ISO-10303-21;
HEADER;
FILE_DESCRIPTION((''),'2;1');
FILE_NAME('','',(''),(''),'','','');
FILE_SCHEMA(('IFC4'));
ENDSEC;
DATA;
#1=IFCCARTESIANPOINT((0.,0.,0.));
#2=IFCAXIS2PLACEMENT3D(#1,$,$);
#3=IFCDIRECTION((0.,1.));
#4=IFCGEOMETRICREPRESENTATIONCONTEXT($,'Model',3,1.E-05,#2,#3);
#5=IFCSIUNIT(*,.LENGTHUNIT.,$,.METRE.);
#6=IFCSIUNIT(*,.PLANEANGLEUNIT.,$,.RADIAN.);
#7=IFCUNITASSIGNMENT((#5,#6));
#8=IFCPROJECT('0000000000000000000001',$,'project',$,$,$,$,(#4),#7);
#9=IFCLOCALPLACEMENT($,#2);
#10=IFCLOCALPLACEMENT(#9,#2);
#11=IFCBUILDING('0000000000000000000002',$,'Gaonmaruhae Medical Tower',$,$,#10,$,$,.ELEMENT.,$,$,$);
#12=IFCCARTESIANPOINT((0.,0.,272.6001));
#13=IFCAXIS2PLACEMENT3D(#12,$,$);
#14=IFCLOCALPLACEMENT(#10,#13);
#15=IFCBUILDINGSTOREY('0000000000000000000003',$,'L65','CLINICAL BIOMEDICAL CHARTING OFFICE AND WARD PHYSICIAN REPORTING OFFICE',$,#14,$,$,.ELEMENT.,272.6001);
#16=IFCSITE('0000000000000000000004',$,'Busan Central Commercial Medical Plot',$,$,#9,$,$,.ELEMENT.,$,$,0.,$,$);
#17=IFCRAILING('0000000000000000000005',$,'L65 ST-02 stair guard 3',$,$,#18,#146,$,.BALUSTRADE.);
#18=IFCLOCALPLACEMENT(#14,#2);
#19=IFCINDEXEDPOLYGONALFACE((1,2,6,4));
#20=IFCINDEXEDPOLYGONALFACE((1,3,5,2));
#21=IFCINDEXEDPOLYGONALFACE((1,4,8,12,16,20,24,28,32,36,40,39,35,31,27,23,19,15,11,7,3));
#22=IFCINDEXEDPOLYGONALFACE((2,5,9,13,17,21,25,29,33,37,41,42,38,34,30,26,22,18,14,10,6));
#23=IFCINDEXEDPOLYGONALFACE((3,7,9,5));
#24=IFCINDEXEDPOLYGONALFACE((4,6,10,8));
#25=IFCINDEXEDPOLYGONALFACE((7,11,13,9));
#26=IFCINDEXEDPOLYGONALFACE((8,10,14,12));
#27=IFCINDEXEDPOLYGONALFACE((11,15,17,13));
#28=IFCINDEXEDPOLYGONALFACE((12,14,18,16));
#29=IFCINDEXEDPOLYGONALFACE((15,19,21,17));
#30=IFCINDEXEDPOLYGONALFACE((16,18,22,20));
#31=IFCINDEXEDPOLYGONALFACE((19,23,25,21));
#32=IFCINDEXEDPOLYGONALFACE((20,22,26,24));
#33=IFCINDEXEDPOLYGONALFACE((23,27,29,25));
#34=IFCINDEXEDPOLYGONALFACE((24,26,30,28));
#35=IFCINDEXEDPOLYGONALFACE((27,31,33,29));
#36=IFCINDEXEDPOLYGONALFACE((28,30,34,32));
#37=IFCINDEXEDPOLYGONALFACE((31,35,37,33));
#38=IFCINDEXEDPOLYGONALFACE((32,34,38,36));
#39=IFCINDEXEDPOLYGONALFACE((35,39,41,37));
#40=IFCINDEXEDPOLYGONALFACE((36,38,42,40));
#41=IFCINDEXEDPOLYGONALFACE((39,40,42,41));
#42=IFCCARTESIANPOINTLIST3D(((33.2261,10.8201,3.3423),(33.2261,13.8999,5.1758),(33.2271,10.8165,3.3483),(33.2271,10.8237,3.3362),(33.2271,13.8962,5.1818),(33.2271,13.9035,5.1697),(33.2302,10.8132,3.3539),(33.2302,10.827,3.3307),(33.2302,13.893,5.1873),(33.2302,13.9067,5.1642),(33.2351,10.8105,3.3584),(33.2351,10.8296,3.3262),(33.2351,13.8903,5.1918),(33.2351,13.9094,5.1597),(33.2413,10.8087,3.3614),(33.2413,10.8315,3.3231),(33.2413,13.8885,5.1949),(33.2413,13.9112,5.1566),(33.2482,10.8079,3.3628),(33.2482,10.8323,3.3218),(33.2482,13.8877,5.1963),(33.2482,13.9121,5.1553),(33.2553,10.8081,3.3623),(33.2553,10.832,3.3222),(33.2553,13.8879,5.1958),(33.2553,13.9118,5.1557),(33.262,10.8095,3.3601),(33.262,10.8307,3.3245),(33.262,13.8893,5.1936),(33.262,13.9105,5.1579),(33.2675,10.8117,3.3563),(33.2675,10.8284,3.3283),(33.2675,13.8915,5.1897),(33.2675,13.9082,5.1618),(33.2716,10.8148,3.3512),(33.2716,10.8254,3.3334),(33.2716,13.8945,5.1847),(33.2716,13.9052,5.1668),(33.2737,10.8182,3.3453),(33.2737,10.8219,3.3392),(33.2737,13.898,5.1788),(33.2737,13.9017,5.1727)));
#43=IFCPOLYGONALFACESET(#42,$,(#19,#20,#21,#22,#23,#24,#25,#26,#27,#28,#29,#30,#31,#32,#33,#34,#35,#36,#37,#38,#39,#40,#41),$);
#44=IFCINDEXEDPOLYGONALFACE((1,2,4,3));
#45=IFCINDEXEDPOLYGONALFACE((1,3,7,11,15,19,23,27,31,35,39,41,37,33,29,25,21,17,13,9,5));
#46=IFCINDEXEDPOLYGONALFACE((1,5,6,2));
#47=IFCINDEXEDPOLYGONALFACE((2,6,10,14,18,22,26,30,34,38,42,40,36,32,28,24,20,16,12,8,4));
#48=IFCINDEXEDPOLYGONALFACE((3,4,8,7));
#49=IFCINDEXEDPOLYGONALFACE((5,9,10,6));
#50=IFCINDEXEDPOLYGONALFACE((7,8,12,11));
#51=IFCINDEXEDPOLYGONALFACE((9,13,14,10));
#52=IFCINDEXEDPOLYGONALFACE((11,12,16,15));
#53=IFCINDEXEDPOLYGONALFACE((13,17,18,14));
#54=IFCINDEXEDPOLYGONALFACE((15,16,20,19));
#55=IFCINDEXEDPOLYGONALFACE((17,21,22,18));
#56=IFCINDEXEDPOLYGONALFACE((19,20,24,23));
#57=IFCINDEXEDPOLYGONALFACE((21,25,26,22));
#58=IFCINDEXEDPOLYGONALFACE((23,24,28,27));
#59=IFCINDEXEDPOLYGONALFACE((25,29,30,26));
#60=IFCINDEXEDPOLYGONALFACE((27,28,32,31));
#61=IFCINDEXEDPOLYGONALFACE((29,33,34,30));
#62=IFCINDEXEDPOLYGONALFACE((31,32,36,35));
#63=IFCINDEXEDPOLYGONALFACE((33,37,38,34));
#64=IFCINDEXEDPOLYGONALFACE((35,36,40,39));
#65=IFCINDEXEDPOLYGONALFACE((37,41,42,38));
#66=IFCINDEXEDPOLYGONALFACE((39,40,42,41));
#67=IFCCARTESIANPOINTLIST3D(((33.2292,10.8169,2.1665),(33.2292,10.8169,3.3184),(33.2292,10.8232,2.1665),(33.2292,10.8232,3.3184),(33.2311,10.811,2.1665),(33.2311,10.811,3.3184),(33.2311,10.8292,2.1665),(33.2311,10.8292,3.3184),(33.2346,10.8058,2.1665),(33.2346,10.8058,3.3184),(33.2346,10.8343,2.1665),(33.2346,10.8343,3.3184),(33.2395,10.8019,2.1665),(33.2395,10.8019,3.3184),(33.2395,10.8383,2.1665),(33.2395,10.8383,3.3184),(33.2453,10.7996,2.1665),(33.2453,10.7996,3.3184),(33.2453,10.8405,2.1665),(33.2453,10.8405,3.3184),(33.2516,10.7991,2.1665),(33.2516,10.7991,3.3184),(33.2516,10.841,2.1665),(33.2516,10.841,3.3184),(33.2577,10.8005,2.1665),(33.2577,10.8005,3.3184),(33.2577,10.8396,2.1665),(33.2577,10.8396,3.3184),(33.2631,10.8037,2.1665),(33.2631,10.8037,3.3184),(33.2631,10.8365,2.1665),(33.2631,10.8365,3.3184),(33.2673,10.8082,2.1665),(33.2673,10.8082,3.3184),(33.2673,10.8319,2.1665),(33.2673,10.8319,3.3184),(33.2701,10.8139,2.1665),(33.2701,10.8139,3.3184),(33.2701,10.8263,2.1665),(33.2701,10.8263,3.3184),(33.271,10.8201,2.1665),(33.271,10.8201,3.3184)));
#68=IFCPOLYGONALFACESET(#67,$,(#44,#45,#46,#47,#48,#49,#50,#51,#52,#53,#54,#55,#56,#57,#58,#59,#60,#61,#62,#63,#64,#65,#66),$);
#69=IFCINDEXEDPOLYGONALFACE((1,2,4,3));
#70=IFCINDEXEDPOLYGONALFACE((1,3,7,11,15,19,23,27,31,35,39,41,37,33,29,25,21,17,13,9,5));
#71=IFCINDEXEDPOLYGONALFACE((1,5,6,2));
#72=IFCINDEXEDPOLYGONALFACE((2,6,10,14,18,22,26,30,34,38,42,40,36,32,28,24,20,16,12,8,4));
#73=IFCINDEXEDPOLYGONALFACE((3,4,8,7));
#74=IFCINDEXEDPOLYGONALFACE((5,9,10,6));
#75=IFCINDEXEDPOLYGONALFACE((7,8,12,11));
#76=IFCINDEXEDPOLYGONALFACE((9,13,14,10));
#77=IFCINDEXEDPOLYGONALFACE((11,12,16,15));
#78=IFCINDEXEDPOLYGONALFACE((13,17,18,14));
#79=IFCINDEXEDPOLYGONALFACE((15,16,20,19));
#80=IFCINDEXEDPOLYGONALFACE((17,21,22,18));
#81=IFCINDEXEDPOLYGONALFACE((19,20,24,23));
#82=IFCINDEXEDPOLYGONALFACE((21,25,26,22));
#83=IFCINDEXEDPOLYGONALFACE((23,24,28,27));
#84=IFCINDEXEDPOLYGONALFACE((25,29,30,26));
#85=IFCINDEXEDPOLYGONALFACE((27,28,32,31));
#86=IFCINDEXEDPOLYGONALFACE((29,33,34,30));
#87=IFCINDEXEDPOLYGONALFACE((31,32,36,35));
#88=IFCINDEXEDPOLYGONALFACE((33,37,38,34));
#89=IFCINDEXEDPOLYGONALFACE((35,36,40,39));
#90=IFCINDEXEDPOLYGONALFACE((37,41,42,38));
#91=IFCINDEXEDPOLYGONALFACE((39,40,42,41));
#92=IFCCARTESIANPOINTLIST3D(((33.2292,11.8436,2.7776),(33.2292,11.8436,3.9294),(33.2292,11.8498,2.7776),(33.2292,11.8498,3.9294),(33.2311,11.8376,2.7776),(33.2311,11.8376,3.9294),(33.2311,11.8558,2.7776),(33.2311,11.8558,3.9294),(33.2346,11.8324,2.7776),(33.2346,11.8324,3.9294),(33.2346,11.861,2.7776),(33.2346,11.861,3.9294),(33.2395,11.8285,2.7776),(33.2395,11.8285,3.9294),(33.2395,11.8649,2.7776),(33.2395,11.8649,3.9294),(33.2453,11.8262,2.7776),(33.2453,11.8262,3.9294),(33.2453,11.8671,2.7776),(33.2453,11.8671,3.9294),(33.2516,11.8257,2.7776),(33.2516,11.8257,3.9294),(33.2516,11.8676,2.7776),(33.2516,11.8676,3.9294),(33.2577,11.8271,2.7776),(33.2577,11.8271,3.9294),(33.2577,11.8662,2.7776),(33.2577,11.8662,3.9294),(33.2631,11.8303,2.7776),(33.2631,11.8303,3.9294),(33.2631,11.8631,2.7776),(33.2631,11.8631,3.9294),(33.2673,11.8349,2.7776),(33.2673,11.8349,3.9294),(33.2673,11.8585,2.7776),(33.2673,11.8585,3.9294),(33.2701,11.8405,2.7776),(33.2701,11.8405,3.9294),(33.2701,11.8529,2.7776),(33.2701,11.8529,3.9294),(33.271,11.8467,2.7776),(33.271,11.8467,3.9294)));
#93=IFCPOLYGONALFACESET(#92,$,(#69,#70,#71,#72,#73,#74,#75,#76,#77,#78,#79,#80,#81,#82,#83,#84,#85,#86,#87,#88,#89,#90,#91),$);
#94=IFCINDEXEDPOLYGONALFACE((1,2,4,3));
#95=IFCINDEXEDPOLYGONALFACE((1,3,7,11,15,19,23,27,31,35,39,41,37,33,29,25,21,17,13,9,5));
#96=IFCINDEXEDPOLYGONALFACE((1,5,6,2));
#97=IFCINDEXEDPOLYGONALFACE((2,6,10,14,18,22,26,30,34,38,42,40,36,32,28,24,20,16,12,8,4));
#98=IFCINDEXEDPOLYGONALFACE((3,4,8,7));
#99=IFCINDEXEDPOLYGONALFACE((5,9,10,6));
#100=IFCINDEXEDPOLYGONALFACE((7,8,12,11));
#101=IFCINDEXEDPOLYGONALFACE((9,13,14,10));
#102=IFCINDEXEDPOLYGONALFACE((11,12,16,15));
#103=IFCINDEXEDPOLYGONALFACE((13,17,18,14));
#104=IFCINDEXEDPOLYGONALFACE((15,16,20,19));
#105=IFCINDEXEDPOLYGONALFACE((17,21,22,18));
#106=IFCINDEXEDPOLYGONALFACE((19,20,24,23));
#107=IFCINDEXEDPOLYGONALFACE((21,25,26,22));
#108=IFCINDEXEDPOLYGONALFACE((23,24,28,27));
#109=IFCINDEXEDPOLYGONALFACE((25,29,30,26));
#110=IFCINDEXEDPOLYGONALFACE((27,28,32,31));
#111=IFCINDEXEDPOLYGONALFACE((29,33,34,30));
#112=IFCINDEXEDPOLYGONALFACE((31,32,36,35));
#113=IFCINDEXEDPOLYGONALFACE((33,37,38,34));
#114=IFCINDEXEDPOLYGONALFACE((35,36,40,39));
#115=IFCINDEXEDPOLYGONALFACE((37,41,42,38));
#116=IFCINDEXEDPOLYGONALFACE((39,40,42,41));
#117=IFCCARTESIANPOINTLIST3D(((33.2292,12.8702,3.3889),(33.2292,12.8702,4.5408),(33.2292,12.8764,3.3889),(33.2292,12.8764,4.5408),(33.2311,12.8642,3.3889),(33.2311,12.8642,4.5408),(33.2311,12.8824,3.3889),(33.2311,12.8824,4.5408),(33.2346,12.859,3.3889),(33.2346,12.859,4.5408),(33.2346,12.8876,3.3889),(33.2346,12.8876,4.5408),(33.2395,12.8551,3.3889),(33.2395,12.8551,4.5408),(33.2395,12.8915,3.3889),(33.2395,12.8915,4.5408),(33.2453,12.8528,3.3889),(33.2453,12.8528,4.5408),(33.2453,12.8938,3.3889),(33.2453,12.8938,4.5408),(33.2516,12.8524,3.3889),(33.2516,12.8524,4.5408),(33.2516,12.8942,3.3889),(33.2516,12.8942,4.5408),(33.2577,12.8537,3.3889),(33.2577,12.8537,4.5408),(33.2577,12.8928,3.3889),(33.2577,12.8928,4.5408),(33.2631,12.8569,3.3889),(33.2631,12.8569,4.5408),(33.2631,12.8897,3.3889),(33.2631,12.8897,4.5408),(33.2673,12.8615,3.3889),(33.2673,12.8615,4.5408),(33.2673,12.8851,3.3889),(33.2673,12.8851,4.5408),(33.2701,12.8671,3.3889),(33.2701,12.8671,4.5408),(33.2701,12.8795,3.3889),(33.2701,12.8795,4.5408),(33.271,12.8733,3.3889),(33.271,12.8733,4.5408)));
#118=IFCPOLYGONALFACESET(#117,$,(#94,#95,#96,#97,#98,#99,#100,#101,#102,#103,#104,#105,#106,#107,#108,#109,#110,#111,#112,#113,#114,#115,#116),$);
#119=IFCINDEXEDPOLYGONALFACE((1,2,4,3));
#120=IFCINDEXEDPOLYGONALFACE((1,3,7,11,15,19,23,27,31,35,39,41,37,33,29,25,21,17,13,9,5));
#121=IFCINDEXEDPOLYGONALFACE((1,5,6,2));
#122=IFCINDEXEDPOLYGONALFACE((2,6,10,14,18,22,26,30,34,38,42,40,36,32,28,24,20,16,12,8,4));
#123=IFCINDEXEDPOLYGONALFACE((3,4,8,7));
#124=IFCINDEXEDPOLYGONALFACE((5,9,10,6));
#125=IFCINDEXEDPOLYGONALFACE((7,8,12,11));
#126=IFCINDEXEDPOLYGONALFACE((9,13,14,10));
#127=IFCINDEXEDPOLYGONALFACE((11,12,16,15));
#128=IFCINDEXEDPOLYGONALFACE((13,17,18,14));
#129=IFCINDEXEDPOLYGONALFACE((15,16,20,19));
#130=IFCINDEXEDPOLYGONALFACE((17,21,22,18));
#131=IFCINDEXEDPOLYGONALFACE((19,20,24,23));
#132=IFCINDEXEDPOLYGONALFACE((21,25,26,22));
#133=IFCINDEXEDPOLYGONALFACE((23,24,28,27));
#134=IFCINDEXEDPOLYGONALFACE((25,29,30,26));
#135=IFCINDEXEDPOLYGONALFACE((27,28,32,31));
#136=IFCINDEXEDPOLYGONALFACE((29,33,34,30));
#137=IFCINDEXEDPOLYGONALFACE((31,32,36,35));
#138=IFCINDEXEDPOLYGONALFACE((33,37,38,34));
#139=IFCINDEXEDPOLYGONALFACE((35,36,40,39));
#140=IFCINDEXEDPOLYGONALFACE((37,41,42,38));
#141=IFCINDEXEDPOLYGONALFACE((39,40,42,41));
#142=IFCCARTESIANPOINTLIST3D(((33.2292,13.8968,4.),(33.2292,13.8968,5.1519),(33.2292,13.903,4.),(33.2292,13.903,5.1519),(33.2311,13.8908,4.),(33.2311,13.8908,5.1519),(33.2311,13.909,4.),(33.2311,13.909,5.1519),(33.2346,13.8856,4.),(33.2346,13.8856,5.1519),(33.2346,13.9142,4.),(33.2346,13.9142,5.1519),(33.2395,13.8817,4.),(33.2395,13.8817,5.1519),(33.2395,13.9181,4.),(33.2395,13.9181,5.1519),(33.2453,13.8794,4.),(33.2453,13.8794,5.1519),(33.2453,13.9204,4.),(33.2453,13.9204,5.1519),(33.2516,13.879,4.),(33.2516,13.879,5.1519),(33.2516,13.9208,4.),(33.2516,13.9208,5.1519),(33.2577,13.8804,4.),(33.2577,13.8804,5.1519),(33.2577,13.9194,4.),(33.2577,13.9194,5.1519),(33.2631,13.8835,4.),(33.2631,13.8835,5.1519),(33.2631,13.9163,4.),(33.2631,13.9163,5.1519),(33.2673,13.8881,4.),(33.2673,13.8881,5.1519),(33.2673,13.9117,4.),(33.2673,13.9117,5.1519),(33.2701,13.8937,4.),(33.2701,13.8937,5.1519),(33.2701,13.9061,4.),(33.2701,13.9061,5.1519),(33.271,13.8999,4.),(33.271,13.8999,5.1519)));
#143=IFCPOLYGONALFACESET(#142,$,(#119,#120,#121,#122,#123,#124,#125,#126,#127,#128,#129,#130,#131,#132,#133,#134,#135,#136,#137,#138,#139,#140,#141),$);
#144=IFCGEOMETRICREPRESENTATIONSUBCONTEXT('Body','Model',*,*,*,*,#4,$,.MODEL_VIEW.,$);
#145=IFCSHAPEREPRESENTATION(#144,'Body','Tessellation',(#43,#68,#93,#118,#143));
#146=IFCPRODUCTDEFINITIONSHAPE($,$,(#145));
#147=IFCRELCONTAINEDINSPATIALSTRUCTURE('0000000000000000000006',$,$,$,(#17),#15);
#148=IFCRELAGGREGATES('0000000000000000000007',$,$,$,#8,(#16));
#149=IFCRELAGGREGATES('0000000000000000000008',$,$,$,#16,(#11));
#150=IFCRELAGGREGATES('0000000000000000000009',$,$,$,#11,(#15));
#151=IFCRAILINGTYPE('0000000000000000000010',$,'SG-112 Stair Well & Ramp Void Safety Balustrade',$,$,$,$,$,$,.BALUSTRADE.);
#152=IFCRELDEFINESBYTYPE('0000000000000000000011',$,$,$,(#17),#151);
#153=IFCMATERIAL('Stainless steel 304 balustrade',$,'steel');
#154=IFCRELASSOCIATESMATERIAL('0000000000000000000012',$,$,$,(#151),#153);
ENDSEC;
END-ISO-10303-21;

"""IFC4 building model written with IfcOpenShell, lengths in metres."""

from ifc_helpers import new_model, si_unit, direction, frame, origin, origin_2d, place, context, subcontext, project, spatial, circle, extrude, material, type_object, element, save


model = new_model("IFC4")

# Units and contexts
model_context = context("Model", 3, precision=1e-05, world=origin(), true_north=direction((0.0, 1.0)))
body_context = subcontext(model_context, "Body", "Model", "MODEL_VIEW")
ifc_project = project(units=[si_unit("LENGTHUNIT", "METRE"), si_unit("PLANEANGLEUNIT", "RADIAN")], contexts=[model_context])

# Site, building, storey
site_placement = place(None, origin())
site = spatial("IfcSite", under=ifc_project, at=site_placement, Name="Busan Central Commercial Medical Plot", CompositionType="ELEMENT", RefElevation=0.0)
building_placement = place(site_placement, origin())
building = spatial("IfcBuilding", under=site, at=building_placement, Name="Gaonmaruhae Medical Tower", CompositionType="ELEMENT")
storey_placement = place(building_placement, frame((0.0, 0.0, 272.6001)))
storey = spatial("IfcBuildingStorey", under=building, at=storey_placement, Name="L65", Description="CLINICAL BIOMEDICAL CHARTING OFFICE AND WARD PHYSICIAN REPORTING OFFICE", CompositionType="ELEMENT", Elevation=272.6001)

# Railing
ifc_material_1 = material(Name="Stainless steel 304 balustrade", Category="steel")
railing_type_1 = type_object("IfcRailingType", Name="SG-112 Stair Well & Ramp Void Safety Balustrade", PredefinedType="BALUSTRADE", material=ifc_material_1)
railing_1_placement = place(storey_placement, frame((33.25, 10.8201, 2.1665)))
element("IfcRailing", 1, at=railing_1_placement, inside=storey, type_object=railing_type_1, Name="L65 ST-02 stair guard 3", PredefinedType="BALUSTRADE", context=body_context, shape_type="SweptSolid", body=[
    extrude(circle(Radius=0.0239, at=origin_2d()), frame((0.0, 0.0, 1.1758), z_axis=(0.0, 0.859261, 0.511538), x_axis=(-1.0, 0.0, 0.0)), (0.0, 0.0, 1.0), 3.5842),
    extrude(circle(Radius=0.021, at=origin_2d()), origin(), (0.0, 0.0, 1.0), 1.1519),
    extrude(circle(Radius=0.021, at=origin_2d()), frame((0.0, 1.0266, 0.6111)), (0.0, 0.0, 1.0), 1.1519),
    extrude(circle(Radius=0.021, at=origin_2d()), frame((0.0, 2.0532, 1.2224)), (0.0, 0.0, 1.0), 1.1519),
    extrude(circle(Radius=0.021, at=origin_2d()), frame((0.0, 3.0798, 1.8335)), (0.0, 0.0, 1.0), 1.1519),
])

save(model, "model.ifc")
